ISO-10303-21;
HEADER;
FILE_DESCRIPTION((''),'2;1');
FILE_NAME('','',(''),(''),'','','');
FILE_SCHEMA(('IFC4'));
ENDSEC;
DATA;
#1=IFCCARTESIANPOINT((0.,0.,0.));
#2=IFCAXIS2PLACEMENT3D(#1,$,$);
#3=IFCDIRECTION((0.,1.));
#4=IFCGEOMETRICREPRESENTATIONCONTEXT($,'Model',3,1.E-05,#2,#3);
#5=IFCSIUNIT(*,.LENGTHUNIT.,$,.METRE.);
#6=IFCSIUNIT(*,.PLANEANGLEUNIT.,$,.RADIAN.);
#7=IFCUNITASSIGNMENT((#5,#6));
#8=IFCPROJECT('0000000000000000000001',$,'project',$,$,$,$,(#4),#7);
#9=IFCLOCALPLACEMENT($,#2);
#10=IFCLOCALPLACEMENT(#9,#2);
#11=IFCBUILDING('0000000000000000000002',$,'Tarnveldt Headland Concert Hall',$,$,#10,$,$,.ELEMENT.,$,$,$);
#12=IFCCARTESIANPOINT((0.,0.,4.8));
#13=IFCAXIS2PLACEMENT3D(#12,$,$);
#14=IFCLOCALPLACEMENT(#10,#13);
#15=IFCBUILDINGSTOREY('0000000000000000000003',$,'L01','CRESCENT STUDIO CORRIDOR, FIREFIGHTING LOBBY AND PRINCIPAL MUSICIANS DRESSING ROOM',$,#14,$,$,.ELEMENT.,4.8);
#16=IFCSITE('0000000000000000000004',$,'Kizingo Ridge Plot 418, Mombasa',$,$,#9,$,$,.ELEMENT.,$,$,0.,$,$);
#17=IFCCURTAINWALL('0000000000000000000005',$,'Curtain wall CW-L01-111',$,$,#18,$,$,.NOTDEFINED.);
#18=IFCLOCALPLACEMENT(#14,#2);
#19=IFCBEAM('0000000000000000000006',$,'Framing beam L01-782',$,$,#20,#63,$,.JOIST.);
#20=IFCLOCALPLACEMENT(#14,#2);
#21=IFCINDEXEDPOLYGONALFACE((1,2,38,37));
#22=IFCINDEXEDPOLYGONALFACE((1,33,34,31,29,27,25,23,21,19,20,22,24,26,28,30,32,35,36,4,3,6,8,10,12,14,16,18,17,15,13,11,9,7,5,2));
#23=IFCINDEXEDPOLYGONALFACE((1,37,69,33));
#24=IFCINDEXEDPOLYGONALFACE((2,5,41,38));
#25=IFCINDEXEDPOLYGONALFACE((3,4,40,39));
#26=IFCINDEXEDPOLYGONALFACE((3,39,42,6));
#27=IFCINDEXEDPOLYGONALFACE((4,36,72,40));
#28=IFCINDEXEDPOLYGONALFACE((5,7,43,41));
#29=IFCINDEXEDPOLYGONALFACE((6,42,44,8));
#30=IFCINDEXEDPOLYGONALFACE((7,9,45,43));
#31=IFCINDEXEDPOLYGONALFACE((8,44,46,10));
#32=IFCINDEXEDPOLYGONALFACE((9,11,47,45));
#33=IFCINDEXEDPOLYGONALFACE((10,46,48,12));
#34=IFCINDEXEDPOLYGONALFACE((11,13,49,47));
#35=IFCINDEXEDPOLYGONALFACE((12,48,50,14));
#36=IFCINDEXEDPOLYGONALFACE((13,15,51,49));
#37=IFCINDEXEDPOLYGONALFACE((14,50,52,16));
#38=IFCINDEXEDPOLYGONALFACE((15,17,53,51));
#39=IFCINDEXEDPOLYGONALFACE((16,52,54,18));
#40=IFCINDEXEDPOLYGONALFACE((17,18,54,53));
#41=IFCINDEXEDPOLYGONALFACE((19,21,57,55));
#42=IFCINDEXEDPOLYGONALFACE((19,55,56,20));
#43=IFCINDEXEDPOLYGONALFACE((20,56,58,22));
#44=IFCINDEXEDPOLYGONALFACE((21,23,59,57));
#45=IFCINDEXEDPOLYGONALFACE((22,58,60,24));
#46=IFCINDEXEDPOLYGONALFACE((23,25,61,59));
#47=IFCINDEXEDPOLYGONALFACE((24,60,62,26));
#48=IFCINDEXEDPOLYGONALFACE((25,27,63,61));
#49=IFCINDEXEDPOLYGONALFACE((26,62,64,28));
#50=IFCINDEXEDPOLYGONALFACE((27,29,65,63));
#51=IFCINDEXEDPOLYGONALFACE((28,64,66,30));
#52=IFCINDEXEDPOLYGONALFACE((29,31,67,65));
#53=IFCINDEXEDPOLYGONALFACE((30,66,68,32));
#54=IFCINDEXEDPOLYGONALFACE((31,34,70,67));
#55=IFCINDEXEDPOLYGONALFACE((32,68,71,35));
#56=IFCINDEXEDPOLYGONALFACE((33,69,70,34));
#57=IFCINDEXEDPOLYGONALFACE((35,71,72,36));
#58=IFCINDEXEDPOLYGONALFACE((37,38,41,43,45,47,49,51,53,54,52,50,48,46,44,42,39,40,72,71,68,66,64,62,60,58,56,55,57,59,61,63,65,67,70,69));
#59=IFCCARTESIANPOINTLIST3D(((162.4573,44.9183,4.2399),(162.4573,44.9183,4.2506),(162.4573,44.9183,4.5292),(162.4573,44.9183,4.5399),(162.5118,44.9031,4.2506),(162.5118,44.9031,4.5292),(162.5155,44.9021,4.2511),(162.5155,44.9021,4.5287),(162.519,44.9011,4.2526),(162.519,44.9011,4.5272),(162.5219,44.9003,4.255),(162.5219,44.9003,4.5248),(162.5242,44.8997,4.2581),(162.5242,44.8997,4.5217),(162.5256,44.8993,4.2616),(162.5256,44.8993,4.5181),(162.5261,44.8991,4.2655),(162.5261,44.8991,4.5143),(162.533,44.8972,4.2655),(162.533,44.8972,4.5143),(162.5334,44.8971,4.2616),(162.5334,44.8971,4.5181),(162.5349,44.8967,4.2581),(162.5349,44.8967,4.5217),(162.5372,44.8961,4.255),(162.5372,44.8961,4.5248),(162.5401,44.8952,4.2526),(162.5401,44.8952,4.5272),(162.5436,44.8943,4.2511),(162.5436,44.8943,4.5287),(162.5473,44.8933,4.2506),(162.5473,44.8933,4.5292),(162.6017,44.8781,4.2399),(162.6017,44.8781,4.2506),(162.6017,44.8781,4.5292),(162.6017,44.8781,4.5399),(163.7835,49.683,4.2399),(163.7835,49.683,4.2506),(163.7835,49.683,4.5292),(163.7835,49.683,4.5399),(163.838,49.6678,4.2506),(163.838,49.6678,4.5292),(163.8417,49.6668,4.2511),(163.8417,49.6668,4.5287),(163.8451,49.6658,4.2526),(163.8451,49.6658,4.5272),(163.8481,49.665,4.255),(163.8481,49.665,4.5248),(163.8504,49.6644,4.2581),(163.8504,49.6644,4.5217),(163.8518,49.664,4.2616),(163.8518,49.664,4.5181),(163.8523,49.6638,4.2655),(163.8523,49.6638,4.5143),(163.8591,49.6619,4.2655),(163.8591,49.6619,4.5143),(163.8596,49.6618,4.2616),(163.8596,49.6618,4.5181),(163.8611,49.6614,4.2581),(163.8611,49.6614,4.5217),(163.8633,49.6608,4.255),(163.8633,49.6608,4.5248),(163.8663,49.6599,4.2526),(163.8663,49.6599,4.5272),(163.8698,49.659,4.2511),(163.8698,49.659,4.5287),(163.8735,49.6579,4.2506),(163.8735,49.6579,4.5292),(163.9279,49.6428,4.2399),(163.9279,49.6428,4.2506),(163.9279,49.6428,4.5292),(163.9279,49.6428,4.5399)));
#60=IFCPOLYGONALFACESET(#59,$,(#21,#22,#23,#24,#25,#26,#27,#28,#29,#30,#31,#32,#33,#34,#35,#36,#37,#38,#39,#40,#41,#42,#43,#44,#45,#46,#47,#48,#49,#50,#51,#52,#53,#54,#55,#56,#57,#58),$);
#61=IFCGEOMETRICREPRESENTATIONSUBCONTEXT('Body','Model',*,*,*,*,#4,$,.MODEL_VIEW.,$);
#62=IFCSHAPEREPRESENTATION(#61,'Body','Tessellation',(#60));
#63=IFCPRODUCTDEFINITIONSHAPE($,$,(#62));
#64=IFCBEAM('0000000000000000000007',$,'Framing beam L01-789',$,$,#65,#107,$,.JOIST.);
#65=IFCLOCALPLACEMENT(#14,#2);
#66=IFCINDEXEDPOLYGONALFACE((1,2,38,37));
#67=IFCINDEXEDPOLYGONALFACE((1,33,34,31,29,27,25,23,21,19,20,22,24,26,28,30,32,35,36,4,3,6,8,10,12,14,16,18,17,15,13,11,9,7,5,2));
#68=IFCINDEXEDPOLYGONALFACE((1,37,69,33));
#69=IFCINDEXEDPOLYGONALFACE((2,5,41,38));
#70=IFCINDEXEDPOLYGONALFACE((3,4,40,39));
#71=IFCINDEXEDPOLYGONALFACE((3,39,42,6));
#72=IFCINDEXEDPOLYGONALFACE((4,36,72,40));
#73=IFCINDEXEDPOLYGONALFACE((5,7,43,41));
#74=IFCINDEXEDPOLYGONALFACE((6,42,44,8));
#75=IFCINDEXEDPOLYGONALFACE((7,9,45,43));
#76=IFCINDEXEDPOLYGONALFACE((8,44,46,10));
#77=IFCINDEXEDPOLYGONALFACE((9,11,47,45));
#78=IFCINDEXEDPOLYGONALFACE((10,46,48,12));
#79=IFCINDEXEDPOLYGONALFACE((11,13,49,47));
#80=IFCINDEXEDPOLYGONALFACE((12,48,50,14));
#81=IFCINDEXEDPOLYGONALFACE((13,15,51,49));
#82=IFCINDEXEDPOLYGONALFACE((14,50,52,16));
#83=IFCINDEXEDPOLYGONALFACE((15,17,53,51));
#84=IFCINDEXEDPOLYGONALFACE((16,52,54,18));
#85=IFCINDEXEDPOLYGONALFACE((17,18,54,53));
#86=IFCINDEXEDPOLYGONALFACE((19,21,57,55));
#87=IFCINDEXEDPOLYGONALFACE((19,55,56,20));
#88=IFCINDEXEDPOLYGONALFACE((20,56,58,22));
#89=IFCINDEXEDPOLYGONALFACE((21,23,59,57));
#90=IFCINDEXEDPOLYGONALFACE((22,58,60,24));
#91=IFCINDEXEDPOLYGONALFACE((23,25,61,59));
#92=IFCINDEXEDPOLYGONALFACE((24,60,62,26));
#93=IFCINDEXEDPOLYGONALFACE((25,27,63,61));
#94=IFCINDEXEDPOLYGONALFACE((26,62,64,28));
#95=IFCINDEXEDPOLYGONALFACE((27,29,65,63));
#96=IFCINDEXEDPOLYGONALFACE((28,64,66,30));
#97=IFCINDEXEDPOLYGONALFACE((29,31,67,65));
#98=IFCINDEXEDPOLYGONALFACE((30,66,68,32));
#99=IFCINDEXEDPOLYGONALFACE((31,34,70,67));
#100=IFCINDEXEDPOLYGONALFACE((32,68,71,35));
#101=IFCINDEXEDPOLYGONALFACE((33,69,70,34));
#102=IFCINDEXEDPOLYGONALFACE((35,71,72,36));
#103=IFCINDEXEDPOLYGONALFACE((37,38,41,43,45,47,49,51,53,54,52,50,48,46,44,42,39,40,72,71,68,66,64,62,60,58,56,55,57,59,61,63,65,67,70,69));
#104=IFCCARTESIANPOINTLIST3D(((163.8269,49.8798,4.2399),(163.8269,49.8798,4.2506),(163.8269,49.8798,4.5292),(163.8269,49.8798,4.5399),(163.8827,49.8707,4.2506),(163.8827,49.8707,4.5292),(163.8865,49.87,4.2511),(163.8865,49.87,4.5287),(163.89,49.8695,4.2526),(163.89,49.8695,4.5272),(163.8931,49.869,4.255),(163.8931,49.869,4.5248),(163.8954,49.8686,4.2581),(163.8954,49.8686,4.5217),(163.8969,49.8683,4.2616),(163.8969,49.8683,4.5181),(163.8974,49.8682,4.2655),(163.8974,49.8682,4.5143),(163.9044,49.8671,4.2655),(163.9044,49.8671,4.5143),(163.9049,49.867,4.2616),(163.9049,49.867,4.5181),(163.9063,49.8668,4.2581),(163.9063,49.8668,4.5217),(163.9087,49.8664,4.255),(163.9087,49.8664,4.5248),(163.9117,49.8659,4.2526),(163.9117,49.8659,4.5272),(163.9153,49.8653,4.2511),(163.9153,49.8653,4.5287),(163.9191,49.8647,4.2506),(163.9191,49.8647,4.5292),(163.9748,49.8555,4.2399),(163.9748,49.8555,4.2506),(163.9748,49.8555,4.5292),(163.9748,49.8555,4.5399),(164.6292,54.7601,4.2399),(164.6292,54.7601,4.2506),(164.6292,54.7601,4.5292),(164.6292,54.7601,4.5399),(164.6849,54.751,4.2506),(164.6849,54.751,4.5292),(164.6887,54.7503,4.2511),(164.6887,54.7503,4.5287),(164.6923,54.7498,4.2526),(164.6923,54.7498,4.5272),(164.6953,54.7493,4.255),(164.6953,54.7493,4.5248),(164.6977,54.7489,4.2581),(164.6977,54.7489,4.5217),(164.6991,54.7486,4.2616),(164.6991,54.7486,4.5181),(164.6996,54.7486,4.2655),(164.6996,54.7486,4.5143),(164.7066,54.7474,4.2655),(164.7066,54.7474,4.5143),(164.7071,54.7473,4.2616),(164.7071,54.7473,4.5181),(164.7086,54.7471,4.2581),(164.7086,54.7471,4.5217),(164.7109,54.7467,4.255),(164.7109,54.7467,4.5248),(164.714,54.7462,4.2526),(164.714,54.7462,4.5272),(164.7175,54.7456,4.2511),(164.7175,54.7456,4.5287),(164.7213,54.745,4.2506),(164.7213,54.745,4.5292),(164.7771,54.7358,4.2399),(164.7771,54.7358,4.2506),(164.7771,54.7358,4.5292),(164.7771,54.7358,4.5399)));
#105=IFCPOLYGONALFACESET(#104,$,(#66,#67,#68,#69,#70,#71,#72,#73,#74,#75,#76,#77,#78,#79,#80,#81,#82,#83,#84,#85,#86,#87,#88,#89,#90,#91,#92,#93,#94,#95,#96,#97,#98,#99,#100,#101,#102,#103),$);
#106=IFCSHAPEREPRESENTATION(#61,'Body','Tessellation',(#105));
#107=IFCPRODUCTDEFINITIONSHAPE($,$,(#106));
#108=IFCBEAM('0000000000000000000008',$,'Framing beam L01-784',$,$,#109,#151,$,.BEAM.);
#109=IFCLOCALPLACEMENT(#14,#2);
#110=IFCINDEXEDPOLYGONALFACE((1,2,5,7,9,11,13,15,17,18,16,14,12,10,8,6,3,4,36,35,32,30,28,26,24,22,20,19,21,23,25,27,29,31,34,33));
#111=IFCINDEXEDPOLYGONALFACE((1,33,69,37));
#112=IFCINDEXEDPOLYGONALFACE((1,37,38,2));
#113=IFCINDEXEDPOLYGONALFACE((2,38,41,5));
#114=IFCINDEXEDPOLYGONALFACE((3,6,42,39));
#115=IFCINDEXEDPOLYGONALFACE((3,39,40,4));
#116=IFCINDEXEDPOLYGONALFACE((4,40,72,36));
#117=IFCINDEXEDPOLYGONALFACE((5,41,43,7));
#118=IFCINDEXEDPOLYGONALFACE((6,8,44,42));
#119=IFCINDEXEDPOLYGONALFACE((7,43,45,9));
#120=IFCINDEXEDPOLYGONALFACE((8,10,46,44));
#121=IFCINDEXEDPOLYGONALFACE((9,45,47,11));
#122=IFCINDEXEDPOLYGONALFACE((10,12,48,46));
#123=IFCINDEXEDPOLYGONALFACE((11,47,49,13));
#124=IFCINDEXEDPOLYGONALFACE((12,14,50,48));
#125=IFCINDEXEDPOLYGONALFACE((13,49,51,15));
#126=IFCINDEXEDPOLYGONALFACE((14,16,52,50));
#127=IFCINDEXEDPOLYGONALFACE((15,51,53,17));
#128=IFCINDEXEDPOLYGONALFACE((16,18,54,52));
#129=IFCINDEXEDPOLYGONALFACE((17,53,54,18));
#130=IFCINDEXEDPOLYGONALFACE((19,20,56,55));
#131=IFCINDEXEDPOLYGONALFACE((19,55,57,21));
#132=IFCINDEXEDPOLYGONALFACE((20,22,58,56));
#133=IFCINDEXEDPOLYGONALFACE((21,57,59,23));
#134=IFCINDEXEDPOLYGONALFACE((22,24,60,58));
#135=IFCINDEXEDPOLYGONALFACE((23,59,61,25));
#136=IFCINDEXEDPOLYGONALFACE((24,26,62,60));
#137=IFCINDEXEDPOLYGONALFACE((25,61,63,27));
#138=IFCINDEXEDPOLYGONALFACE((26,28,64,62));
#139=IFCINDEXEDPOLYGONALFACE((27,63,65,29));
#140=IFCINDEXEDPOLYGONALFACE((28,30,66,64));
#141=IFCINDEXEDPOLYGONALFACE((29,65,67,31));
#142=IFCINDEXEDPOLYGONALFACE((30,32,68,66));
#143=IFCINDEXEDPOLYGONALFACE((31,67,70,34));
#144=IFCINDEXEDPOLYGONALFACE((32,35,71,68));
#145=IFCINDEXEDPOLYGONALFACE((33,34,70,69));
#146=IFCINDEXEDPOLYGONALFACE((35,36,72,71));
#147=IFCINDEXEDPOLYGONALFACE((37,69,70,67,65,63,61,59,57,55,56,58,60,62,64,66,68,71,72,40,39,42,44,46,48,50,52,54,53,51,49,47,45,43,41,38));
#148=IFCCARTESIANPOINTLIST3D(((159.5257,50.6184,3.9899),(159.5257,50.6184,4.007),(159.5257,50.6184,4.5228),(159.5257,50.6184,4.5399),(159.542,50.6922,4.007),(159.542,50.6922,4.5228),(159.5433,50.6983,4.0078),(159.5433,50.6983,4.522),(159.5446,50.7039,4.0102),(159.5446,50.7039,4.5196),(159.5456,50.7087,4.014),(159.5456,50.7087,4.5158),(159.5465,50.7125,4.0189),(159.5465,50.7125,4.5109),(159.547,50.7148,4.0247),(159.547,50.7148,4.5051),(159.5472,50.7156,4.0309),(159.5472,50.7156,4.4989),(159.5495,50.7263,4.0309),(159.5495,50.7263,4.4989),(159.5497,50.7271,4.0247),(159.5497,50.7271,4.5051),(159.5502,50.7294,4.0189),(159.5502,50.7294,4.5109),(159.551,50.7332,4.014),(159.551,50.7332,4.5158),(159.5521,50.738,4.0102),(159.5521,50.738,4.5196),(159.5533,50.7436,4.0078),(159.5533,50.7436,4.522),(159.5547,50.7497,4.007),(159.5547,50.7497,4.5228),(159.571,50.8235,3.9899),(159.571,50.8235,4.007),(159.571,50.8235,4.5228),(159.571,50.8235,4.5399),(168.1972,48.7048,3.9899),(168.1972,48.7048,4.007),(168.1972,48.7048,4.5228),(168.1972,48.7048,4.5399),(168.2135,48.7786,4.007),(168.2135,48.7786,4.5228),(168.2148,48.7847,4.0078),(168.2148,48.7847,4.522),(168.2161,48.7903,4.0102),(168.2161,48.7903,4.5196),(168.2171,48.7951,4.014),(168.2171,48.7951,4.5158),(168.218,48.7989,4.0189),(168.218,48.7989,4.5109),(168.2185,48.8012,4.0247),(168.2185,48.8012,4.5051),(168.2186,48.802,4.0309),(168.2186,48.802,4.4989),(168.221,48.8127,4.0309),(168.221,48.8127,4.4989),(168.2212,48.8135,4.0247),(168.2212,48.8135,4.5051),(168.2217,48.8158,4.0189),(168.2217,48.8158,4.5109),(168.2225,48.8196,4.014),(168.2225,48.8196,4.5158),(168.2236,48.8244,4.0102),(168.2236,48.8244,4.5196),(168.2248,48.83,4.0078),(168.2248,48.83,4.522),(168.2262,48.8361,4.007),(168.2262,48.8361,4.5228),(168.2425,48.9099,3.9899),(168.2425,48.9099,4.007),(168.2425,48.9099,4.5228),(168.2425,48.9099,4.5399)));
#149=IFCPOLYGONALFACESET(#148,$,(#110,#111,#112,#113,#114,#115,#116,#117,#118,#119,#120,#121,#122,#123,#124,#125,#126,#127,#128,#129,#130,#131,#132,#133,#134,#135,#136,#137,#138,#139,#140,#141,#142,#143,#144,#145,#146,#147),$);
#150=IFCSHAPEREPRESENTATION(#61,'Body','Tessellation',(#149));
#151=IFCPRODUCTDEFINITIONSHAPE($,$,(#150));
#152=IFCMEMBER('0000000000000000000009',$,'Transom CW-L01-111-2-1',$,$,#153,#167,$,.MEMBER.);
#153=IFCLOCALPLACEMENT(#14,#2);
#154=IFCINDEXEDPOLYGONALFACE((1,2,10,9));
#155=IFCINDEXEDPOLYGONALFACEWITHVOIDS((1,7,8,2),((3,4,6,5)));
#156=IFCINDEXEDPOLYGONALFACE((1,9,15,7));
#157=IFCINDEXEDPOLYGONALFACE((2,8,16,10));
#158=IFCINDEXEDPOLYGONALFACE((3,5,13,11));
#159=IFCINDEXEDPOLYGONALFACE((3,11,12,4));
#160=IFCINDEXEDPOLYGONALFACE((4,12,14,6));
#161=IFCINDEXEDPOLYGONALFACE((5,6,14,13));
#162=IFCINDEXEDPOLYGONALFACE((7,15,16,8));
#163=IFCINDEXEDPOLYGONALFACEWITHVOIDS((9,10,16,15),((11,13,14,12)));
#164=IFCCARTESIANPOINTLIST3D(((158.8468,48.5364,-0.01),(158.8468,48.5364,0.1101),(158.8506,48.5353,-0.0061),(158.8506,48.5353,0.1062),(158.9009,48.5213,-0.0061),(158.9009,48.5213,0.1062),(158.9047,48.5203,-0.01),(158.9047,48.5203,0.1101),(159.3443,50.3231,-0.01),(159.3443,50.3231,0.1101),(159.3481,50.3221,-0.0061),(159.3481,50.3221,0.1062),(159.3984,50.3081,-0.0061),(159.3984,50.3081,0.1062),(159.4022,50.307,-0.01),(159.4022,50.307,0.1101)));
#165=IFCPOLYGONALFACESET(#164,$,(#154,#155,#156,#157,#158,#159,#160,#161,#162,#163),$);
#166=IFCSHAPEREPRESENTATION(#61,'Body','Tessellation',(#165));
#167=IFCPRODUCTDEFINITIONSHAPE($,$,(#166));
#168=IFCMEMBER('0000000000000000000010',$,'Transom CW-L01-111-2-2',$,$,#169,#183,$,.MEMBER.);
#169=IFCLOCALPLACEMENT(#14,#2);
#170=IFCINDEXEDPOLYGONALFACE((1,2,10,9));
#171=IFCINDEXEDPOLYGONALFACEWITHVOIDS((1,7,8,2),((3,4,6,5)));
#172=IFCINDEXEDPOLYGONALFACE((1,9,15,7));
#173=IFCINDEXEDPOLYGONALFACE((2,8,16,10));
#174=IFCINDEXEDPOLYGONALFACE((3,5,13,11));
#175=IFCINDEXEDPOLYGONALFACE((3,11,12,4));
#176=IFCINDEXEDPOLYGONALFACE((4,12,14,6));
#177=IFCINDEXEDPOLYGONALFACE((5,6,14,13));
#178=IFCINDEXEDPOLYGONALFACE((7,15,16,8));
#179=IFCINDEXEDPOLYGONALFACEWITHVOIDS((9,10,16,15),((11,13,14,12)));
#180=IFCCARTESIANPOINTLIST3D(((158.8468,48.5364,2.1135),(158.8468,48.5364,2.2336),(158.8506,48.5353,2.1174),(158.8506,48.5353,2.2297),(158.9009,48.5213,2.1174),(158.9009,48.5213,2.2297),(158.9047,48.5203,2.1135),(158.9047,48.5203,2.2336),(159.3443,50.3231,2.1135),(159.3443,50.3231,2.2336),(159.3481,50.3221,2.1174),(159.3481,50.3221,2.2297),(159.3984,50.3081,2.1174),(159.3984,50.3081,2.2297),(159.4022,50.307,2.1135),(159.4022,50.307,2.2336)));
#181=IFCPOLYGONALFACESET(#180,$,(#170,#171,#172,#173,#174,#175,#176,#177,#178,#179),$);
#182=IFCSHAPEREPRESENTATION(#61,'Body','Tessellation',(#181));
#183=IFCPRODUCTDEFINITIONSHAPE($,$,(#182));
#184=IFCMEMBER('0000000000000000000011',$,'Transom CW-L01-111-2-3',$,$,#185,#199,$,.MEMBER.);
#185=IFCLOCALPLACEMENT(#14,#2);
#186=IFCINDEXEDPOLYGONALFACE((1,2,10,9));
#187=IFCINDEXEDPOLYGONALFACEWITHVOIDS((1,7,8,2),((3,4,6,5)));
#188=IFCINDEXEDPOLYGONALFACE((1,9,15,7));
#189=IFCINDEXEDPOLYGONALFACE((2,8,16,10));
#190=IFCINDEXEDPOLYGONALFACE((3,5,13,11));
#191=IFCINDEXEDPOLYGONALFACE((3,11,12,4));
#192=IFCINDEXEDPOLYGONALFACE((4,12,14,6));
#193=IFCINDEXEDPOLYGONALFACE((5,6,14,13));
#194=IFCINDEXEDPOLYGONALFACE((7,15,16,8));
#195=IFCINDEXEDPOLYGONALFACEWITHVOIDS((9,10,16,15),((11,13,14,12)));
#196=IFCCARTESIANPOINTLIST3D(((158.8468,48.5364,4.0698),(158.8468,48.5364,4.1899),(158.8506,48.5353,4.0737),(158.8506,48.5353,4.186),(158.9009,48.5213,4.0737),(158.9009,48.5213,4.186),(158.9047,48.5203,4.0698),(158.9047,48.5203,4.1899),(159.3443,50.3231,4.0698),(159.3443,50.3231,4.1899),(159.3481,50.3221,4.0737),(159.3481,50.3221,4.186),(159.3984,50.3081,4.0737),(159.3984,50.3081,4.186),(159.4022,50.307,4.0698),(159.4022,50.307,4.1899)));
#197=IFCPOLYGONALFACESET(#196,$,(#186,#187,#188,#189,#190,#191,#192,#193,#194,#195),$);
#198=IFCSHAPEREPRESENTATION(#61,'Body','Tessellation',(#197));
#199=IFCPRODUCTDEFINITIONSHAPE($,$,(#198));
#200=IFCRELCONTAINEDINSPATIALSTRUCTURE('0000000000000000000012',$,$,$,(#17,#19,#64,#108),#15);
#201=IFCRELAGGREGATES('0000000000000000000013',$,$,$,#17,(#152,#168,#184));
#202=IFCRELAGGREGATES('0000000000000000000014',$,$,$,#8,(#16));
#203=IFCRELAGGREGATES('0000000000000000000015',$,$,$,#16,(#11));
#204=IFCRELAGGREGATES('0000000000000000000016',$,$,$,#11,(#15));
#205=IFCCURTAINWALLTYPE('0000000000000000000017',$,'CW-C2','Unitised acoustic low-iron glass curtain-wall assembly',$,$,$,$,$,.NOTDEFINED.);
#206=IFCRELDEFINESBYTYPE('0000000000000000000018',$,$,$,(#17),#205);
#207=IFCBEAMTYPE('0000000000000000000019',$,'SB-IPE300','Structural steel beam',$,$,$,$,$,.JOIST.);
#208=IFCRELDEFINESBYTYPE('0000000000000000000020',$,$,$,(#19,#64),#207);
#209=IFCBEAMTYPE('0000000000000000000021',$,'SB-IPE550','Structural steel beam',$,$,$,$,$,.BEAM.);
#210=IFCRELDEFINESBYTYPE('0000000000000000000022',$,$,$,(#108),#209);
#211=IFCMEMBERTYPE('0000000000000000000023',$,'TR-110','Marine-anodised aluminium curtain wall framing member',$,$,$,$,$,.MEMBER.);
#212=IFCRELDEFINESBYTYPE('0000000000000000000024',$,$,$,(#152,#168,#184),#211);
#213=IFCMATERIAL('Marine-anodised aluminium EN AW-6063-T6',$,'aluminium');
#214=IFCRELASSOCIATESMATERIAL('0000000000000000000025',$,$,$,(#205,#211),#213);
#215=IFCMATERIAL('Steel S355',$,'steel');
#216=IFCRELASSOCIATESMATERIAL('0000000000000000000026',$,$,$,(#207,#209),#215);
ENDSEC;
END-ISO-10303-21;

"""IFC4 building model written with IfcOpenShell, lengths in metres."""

from ifc_helpers import new_model, si_unit, direction, frame, origin, origin_2d, place, context, subcontext, project, spatial, hollow_rectangle, i_section, extrude, material, material_profile, profile_set, type_object, element, aggregate, save


model = new_model("IFC4")

# Units and contexts
model_context = context("Model", 3, precision=1e-05, world=origin(), true_north=direction((0.0, 1.0)))
body_context = subcontext(model_context, "Body", "Model", "MODEL_VIEW")
ifc_project = project(units=[si_unit("LENGTHUNIT", "METRE"), si_unit("PLANEANGLEUNIT", "RADIAN")], contexts=[model_context])

# Site, building, storey
site_placement = place(None, origin())
site = spatial("IfcSite", under=ifc_project, at=site_placement, Name="Kizingo Ridge Plot 418, Mombasa", CompositionType="ELEMENT", RefElevation=0.0)
building_placement = place(site_placement, origin())
building = spatial("IfcBuilding", under=site, at=building_placement, Name="Tarnveldt Headland Concert Hall", CompositionType="ELEMENT")
storey_placement = place(building_placement, frame((0.0, 0.0, 4.8)))
storey = spatial("IfcBuildingStorey", under=building, at=storey_placement, Name="L01", Description="CRESCENT STUDIO CORRIDOR, FIREFIGHTING LOBBY AND PRINCIPAL MUSICIANS DRESSING ROOM", CompositionType="ELEMENT", Elevation=4.8)

# Curtain wall
ifc_material_1 = material(Name="Marine-anodised aluminium EN AW-6063-T6", Category="aluminium")
curtain_wall_type = type_object("IfcCurtainWallType", Name="CW-C2", Description="Unitised acoustic low-iron glass curtain-wall assembly", PredefinedType="NOTDEFINED", material=ifc_material_1)
curtain_wall_placement = place(storey_placement, origin())
curtain_wall = element("IfcCurtainWall", 1, at=curtain_wall_placement, inside=storey, type_object=curtain_wall_type, Name="Curtain wall CW-L01-111", PredefinedType="NOTDEFINED")

# Beams
ifc_material_2 = material(Name="Steel S355", Category="steel")
ifc_material_profile_1 = material_profile(ifc_material_2, i_section(OverallWidth=0.1499, OverallDepth=0.3, WebThickness=0.0071, FlangeThickness=0.0107, FilletRadius=0.0149, at=origin_2d()), Name="IPE300", Category="steel")
ifc_profile_set_1 = profile_set([ifc_material_profile_1], Name="Steel S355")
beam_type_1 = type_object("IfcBeamType", Name="SB-IPE300", Description="Structural steel beam", PredefinedType="JOIST", material=ifc_profile_set_1)
for number, where, z_axis, x_axis, name in (
    (2, (162.5295, 44.8982, 4.3899), (0.268143, 0.963379, 0.0), (-0.963379, 0.268143, 0.0), "Framing beam L01-782"),
    (3, (163.9009, 49.8677, 4.3899), (0.162205, 0.986757, 0.0), (-0.986757, 0.162205, 0.0), "Framing beam L01-789"),
):
    element("IfcBeam", number, at=place(storey_placement, frame(where, z_axis=z_axis, x_axis=x_axis)), inside=storey, type_object=beam_type_1, Name=name, PredefinedType="JOIST", context=body_context, shape_type="SweptSolid", body=[
        extrude(i_section(OverallWidth=0.1499, OverallDepth=0.3, WebThickness=0.0071, FlangeThickness=0.0107, FilletRadius=0.0149, at=origin_2d()), origin(), (0.0, 0.0, 1.0), 4.9458),
    ])
ifc_material_profile_2 = material_profile(ifc_material_2, i_section(OverallWidth=0.21, OverallDepth=0.55, WebThickness=0.011, FlangeThickness=0.0171, FilletRadius=0.0239, at=origin_2d()), Name="IPE550", Category="steel")
ifc_profile_set_2 = profile_set([ifc_material_profile_2], Name="Steel S355")
beam_type_2 = type_object("IfcBeamType", Name="SB-IPE550", Description="Structural steel beam", PredefinedType="BEAM", material=ifc_profile_set_2)
beam_1_placement = place(storey_placement, frame((159.5483, 50.7209, 4.2649), z_axis=(0.976506, -0.215492, 0.0), x_axis=(0.215492, 0.976506, 0.0)))
element("IfcBeam", 4, at=beam_1_placement, inside=storey, type_object=beam_type_2, Name="Framing beam L01-784", PredefinedType="BEAM", context=body_context, shape_type="SweptSolid", body=[
    extrude(i_section(OverallWidth=0.21, OverallDepth=0.55, WebThickness=0.011, FlangeThickness=0.0171, FilletRadius=0.0239, at=origin_2d()), origin(), (0.0, 0.0, 1.0), 8.8801),
])

# Members
ifc_material_profile_3 = material_profile(ifc_material_1, hollow_rectangle(XDim=0.0601, YDim=0.1201, WallThickness=0.0039, at=origin_2d()), Name="ALU TRANSOM 60x120x4", Category="aluminium")
ifc_profile_set_3 = profile_set([ifc_material_profile_3], Name="Marine-anodised aluminium EN AW-6063-T6")
member_type_1 = type_object("IfcMemberType", Name="TR-110", Description="Marine-anodised aluminium curtain wall framing member", PredefinedType="MEMBER", material=ifc_profile_set_3)
member_1_placement = place(storey_placement, frame((158.8757, 48.5283, 0.05), z_axis=(0.268248, 0.96335, 0.0), x_axis=(-0.96335, 0.268248, 0.0)))
member_1 = element("IfcMember", 5, at=member_1_placement, type_object=member_type_1, Name="Transom CW-L01-111-2-1", PredefinedType="MEMBER", context=body_context, shape_type="SweptSolid", body=[
    extrude(hollow_rectangle(XDim=0.0601, YDim=0.1201, WallThickness=0.0039, at=origin_2d()), origin(), (0.0, 0.0, 1.0), 1.8547),
])
member_2_placement = place(storey_placement, frame((158.8757, 48.5283, 2.1736), z_axis=(0.268248, 0.96335, 0.0), x_axis=(-0.96335, 0.268248, 0.0)))
member_2 = element("IfcMember", 6, at=member_2_placement, type_object=member_type_1, Name="Transom CW-L01-111-2-2", PredefinedType="MEMBER", context=body_context, shape_type="SweptSolid", body=[
    extrude(hollow_rectangle(XDim=0.0601, YDim=0.1201, WallThickness=0.0039, at=origin_2d()), origin(), (0.0, 0.0, 1.0), 1.8547),
])
member_3_placement = place(storey_placement, frame((158.8757, 48.5283, 4.1299), z_axis=(0.268248, 0.96335, 0.0), x_axis=(-0.96335, 0.268248, 0.0)))
member_3 = element("IfcMember", 7, at=member_3_placement, type_object=member_type_1, Name="Transom CW-L01-111-2-3", PredefinedType="MEMBER", context=body_context, shape_type="SweptSolid", body=[
    extrude(hollow_rectangle(XDim=0.0601, YDim=0.1201, WallThickness=0.0039, at=origin_2d()), origin(), (0.0, 0.0, 1.0), 1.8547),
])

aggregate(curtain_wall, [member_1, member_2, member_3])

save(model, "model.ifc")
